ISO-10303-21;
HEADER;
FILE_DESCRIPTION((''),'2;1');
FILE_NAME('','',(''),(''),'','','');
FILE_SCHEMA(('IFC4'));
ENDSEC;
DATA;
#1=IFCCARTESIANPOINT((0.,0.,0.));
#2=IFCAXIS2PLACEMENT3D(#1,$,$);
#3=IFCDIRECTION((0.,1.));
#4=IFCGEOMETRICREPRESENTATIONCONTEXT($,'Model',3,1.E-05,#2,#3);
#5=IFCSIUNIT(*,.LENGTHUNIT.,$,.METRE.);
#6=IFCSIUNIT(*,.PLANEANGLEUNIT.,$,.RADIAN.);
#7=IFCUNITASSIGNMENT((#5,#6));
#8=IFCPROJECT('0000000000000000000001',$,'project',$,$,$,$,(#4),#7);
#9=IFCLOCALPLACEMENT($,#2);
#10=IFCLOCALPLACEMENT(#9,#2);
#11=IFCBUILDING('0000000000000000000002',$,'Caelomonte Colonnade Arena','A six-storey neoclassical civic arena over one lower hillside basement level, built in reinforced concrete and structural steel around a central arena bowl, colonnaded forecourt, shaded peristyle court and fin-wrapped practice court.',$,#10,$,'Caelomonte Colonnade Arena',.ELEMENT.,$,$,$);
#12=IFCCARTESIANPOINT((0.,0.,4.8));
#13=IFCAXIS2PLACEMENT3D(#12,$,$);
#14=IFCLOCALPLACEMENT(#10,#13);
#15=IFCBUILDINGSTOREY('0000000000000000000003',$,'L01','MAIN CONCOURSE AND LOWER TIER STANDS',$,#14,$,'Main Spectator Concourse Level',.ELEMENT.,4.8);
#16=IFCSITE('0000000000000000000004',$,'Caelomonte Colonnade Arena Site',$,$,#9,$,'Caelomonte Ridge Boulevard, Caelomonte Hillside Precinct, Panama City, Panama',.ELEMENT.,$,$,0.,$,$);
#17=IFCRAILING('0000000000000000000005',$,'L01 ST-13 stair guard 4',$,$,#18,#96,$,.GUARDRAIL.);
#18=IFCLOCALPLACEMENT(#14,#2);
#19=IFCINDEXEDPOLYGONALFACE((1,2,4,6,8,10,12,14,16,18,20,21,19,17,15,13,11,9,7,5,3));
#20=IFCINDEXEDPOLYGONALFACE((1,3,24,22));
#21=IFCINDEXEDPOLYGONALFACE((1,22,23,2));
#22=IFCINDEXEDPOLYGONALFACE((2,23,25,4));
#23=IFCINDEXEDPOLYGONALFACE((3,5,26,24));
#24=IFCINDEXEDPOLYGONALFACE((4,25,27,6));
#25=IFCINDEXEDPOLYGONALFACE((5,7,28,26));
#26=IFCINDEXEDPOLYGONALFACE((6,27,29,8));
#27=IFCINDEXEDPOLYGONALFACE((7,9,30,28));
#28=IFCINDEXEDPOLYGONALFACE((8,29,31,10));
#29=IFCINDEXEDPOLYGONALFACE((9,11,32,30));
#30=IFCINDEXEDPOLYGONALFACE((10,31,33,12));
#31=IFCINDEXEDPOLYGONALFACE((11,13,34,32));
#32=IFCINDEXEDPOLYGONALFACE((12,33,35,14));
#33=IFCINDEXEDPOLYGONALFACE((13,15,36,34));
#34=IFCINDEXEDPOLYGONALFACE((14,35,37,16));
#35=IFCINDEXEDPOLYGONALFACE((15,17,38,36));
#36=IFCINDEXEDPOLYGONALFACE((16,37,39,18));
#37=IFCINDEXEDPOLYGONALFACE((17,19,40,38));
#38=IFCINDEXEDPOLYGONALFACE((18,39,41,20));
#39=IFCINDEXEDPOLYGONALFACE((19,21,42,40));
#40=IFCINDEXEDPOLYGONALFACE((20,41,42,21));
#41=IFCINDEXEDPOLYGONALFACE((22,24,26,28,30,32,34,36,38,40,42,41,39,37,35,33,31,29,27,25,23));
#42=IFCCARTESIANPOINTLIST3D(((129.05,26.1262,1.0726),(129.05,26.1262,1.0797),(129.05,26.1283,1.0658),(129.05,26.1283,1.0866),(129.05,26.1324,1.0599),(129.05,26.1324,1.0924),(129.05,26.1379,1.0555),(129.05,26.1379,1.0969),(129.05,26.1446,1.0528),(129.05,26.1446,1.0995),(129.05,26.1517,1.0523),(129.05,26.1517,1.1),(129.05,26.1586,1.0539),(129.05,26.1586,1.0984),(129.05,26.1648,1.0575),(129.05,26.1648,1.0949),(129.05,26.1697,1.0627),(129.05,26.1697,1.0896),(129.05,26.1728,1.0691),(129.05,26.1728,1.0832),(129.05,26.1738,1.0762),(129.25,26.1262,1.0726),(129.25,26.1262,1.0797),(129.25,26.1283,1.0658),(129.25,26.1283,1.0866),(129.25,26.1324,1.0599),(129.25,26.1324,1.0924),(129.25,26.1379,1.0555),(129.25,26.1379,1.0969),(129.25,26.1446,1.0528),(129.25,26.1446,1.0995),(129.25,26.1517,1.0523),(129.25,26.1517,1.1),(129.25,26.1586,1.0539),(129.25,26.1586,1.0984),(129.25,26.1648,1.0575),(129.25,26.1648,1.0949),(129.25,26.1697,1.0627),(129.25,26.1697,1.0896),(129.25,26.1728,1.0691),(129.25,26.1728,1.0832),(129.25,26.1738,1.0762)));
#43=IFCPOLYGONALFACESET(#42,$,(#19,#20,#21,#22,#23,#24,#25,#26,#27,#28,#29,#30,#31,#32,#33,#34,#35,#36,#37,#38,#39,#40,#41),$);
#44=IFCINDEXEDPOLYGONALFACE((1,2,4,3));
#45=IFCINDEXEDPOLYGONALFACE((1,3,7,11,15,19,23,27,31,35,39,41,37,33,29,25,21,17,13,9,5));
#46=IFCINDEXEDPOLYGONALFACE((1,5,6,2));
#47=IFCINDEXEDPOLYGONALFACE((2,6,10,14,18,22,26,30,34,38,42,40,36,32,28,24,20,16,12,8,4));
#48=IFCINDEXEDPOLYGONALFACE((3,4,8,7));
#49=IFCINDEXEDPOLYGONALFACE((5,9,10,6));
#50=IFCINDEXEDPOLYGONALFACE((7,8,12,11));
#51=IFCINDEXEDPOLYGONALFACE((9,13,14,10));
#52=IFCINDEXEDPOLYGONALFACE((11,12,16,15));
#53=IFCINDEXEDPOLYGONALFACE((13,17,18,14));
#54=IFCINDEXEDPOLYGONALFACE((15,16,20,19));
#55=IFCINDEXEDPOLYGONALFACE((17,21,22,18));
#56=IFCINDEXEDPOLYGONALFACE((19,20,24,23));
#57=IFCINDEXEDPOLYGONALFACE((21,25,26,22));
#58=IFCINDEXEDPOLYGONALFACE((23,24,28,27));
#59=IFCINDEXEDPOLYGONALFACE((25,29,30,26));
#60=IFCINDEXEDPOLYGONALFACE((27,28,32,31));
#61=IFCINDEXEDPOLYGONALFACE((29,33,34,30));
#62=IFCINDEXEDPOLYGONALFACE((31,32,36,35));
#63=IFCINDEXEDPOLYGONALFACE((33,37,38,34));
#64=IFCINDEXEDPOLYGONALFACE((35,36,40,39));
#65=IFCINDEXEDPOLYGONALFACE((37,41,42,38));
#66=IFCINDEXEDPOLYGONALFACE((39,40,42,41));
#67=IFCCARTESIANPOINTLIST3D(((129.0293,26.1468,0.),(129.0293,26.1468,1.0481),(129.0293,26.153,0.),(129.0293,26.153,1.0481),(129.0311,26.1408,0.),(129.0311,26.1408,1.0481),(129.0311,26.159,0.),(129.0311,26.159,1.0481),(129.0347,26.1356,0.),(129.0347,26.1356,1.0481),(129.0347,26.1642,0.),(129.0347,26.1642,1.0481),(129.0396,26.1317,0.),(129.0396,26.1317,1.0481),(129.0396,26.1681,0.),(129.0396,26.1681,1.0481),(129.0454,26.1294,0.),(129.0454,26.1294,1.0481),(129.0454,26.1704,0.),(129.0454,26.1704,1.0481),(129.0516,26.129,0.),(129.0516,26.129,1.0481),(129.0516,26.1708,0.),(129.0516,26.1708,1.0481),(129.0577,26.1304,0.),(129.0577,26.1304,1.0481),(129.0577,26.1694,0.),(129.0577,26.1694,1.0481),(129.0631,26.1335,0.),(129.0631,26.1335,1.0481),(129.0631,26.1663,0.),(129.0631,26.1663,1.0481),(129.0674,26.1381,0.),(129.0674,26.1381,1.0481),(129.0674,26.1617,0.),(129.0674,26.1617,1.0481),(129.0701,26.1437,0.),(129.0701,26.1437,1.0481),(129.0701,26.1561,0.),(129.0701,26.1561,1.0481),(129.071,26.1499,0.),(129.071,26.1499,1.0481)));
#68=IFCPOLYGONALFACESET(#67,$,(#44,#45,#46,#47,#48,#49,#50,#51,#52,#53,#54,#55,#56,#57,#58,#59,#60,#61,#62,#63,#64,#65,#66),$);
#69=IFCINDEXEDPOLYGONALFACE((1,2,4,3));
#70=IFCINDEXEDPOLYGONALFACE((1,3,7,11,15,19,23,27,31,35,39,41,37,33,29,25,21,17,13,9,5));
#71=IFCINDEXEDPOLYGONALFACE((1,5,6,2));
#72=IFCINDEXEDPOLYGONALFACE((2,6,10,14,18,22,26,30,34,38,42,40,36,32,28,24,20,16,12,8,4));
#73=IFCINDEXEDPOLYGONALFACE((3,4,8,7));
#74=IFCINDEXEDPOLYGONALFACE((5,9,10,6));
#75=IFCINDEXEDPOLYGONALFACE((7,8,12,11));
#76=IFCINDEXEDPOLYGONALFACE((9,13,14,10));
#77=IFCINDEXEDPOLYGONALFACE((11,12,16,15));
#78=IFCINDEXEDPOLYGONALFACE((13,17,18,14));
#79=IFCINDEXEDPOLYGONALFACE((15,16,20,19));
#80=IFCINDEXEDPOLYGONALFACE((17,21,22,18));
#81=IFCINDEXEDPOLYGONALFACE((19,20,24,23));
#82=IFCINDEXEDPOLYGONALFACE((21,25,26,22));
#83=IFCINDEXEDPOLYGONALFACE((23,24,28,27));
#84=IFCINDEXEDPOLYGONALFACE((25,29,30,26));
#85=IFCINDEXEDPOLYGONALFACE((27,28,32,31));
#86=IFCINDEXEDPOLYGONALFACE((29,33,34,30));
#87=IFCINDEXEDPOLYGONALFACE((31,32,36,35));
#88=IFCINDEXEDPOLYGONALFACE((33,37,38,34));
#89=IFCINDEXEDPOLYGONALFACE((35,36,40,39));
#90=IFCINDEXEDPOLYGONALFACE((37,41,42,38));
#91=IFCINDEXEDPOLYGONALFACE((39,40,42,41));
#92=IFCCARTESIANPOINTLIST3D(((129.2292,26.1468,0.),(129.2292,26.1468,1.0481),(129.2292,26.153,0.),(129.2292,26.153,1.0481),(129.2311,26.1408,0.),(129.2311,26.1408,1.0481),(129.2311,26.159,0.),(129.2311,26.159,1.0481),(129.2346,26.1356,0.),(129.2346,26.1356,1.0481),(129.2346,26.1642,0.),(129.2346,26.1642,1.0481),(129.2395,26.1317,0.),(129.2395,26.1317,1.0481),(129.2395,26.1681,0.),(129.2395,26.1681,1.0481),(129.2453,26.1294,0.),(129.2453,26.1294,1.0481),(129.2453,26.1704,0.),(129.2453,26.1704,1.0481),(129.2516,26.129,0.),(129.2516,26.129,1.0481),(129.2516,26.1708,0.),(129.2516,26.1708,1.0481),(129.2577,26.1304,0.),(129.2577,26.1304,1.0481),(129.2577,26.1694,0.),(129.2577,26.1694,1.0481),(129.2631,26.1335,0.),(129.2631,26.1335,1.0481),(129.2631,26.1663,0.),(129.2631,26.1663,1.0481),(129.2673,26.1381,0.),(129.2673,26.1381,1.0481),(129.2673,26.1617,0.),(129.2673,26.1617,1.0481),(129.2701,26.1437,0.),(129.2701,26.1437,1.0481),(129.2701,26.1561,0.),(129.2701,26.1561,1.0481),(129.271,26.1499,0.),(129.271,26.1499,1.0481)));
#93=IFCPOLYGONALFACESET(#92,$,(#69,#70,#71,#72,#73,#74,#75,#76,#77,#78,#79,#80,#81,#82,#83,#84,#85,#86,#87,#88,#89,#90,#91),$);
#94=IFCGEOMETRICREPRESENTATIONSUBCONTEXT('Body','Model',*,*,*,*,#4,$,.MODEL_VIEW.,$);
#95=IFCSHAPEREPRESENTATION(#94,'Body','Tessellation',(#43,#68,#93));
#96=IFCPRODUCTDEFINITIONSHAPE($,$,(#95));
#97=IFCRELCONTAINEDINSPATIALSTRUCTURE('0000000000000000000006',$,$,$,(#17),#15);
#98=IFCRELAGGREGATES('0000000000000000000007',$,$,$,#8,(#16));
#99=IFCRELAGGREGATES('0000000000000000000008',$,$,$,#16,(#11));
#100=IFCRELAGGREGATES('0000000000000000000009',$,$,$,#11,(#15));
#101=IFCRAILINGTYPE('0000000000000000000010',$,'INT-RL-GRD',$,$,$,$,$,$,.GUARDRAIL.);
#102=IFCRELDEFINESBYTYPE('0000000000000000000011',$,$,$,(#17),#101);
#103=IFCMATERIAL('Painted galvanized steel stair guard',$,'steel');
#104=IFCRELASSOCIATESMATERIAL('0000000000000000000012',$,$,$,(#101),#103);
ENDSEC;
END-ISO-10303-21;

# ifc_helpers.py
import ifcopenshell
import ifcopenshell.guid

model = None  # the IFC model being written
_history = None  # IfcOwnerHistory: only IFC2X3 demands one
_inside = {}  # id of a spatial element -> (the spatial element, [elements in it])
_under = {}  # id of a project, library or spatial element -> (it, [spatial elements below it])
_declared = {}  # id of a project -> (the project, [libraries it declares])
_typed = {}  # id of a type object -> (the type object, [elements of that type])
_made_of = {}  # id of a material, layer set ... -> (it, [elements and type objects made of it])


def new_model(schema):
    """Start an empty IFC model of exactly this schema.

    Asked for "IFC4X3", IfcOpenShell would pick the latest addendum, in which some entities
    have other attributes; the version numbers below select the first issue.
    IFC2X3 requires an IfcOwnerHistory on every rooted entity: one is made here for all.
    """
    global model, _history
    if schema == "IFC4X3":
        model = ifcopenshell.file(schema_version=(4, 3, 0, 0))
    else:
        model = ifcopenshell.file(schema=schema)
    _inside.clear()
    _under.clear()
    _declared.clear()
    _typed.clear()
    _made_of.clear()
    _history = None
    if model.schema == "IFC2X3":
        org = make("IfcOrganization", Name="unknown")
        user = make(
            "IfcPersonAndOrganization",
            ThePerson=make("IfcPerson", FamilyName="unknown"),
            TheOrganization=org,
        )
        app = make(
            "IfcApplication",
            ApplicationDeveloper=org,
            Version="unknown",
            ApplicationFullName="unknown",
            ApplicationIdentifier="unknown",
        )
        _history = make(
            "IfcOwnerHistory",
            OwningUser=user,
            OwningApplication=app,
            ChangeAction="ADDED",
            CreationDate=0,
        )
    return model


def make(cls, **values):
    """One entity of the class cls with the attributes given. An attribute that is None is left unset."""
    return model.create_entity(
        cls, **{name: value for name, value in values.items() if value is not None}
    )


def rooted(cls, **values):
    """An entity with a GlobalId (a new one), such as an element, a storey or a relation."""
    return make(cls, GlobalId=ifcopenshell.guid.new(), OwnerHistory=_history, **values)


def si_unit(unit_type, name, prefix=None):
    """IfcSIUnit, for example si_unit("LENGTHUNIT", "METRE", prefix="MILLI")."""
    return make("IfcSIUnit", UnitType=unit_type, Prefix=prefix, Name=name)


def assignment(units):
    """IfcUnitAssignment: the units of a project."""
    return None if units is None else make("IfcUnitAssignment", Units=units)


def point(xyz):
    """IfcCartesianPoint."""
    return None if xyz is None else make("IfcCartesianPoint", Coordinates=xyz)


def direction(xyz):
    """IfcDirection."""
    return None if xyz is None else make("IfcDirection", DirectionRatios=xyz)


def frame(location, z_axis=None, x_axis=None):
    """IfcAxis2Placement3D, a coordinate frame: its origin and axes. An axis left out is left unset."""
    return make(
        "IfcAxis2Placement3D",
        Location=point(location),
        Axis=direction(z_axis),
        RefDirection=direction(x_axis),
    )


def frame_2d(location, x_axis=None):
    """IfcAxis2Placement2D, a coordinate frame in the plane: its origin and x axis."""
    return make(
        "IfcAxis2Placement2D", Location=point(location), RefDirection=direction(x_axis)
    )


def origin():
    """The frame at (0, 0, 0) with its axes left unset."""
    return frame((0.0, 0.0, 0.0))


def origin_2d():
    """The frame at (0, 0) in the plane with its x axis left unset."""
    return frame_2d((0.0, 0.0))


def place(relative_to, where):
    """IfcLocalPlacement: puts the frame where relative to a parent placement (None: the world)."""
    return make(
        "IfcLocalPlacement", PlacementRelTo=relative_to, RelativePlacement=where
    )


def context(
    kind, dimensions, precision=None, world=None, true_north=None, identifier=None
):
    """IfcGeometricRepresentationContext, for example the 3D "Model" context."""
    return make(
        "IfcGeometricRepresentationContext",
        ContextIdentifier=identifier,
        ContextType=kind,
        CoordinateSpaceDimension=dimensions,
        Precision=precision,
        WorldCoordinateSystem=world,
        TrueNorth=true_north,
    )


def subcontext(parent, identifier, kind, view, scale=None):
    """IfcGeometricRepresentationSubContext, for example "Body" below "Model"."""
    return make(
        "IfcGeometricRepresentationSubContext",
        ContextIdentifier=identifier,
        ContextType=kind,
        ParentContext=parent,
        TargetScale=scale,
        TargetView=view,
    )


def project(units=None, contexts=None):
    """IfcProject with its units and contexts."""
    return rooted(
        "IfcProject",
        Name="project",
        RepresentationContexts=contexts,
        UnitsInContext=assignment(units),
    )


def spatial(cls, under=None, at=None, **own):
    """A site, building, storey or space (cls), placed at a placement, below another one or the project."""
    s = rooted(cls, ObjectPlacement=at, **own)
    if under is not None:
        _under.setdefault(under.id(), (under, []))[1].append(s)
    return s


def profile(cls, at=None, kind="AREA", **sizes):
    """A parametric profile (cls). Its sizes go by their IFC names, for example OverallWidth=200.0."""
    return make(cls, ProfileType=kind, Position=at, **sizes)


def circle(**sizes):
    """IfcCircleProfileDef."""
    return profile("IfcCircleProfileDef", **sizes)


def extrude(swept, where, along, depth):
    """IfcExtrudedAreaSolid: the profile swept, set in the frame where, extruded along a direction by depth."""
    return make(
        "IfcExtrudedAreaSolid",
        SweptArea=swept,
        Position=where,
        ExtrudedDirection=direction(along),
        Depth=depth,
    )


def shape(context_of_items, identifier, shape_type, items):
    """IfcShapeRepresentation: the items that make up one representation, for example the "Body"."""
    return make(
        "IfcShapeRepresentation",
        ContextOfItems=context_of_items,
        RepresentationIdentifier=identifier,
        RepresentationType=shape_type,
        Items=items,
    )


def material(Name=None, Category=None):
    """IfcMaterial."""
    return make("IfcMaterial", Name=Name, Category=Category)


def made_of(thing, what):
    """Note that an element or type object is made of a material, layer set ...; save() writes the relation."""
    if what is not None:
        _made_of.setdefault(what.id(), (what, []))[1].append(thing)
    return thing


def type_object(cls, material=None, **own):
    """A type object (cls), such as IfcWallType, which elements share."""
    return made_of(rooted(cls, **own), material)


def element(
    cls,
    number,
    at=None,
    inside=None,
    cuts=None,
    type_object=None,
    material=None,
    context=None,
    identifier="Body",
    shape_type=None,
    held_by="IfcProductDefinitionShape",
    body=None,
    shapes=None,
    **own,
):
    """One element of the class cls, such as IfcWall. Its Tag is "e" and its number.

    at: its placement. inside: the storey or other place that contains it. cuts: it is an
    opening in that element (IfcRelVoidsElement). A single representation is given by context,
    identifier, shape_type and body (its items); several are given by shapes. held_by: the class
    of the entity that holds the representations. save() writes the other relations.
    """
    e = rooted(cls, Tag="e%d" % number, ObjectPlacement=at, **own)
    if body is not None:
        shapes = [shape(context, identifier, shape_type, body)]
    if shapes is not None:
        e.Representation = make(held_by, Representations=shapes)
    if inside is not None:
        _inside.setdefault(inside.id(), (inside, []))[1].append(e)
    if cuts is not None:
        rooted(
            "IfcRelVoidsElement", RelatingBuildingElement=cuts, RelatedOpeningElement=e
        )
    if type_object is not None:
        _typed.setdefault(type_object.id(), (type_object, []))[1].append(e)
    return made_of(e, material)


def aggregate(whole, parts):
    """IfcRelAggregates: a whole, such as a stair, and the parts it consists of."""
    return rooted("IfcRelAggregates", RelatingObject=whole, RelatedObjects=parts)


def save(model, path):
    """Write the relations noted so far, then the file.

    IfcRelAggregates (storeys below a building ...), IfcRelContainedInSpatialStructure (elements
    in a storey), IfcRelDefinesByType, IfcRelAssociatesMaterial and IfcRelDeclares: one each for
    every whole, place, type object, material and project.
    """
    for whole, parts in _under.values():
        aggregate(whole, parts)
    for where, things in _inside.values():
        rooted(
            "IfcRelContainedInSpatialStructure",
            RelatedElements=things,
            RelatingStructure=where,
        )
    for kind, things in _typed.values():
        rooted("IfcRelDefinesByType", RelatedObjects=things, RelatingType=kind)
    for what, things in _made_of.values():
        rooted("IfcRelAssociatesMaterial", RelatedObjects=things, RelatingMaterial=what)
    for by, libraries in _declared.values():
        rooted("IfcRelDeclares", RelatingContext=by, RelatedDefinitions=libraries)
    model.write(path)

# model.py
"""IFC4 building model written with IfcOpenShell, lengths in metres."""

from ifc_helpers import new_model, si_unit, direction, frame, origin, origin_2d, place, context, subcontext, project, spatial, circle, extrude, material, type_object, element, save


model = new_model("IFC4")

# Units and contexts
model_context = context("Model", 3, precision=1e-05, world=origin(), true_north=direction((0.0, 1.0)))
body_context = subcontext(model_context, "Body", "Model", "MODEL_VIEW")
ifc_project = project(units=[si_unit("LENGTHUNIT", "METRE"), si_unit("PLANEANGLEUNIT", "RADIAN")], contexts=[model_context])

# Site, building, storey
site_placement = place(None, origin())
site = spatial("IfcSite", under=ifc_project, at=site_placement, Name="Caelomonte Colonnade Arena Site", LongName="Caelomonte Ridge Boulevard, Caelomonte Hillside Precinct, Panama City, Panama", CompositionType="ELEMENT", RefElevation=0.0)
building_placement = place(site_placement, origin())
building = spatial("IfcBuilding", under=site, at=building_placement, Name="Caelomonte Colonnade Arena", Description="A six-storey neoclassical civic arena over one lower hillside basement level, built in reinforced concrete and structural steel around a central arena bowl, colonnaded forecourt, shaded peristyle court and fin-wrapped practice court.", LongName="Caelomonte Colonnade Arena", CompositionType="ELEMENT")
storey_placement = place(building_placement, frame((0.0, 0.0, 4.8)))
storey = spatial("IfcBuildingStorey", under=building, at=storey_placement, Name="L01", Description="MAIN CONCOURSE AND LOWER TIER STANDS", LongName="Main Spectator Concourse Level", CompositionType="ELEMENT", Elevation=4.8)

# Railing
ifc_material_1 = material(Name="Painted galvanized steel stair guard", Category="steel")
railing_type_1 = type_object("IfcRailingType", Name="INT-RL-GRD", PredefinedType="GUARDRAIL", material=ifc_material_1)
railing_1_placement = place(storey_placement, frame((129.05, 26.1499, 0.0)))
element("IfcRailing", 1, at=railing_1_placement, inside=storey, type_object=railing_type_1, Name="L01 ST-13 stair guard 4", PredefinedType="GUARDRAIL", context=body_context, shape_type="SweptSolid", body=[
    extrude(circle(Radius=0.0239, at=origin_2d()), frame((0.0, 0.0, 1.0762), z_axis=(1.0, 0.0, 0.0), x_axis=(0.0, 1.0, 0.0)), (0.0, 0.0, 1.0), 0.2),
    extrude(circle(Radius=0.021, at=origin_2d()), origin(), (0.0, 0.0, 1.0), 1.0481),
    extrude(circle(Radius=0.021, at=origin_2d()), frame((0.2, 0.0, 0.0)), (0.0, 0.0, 1.0), 1.0481),
])

save(model, "model.ifc")
